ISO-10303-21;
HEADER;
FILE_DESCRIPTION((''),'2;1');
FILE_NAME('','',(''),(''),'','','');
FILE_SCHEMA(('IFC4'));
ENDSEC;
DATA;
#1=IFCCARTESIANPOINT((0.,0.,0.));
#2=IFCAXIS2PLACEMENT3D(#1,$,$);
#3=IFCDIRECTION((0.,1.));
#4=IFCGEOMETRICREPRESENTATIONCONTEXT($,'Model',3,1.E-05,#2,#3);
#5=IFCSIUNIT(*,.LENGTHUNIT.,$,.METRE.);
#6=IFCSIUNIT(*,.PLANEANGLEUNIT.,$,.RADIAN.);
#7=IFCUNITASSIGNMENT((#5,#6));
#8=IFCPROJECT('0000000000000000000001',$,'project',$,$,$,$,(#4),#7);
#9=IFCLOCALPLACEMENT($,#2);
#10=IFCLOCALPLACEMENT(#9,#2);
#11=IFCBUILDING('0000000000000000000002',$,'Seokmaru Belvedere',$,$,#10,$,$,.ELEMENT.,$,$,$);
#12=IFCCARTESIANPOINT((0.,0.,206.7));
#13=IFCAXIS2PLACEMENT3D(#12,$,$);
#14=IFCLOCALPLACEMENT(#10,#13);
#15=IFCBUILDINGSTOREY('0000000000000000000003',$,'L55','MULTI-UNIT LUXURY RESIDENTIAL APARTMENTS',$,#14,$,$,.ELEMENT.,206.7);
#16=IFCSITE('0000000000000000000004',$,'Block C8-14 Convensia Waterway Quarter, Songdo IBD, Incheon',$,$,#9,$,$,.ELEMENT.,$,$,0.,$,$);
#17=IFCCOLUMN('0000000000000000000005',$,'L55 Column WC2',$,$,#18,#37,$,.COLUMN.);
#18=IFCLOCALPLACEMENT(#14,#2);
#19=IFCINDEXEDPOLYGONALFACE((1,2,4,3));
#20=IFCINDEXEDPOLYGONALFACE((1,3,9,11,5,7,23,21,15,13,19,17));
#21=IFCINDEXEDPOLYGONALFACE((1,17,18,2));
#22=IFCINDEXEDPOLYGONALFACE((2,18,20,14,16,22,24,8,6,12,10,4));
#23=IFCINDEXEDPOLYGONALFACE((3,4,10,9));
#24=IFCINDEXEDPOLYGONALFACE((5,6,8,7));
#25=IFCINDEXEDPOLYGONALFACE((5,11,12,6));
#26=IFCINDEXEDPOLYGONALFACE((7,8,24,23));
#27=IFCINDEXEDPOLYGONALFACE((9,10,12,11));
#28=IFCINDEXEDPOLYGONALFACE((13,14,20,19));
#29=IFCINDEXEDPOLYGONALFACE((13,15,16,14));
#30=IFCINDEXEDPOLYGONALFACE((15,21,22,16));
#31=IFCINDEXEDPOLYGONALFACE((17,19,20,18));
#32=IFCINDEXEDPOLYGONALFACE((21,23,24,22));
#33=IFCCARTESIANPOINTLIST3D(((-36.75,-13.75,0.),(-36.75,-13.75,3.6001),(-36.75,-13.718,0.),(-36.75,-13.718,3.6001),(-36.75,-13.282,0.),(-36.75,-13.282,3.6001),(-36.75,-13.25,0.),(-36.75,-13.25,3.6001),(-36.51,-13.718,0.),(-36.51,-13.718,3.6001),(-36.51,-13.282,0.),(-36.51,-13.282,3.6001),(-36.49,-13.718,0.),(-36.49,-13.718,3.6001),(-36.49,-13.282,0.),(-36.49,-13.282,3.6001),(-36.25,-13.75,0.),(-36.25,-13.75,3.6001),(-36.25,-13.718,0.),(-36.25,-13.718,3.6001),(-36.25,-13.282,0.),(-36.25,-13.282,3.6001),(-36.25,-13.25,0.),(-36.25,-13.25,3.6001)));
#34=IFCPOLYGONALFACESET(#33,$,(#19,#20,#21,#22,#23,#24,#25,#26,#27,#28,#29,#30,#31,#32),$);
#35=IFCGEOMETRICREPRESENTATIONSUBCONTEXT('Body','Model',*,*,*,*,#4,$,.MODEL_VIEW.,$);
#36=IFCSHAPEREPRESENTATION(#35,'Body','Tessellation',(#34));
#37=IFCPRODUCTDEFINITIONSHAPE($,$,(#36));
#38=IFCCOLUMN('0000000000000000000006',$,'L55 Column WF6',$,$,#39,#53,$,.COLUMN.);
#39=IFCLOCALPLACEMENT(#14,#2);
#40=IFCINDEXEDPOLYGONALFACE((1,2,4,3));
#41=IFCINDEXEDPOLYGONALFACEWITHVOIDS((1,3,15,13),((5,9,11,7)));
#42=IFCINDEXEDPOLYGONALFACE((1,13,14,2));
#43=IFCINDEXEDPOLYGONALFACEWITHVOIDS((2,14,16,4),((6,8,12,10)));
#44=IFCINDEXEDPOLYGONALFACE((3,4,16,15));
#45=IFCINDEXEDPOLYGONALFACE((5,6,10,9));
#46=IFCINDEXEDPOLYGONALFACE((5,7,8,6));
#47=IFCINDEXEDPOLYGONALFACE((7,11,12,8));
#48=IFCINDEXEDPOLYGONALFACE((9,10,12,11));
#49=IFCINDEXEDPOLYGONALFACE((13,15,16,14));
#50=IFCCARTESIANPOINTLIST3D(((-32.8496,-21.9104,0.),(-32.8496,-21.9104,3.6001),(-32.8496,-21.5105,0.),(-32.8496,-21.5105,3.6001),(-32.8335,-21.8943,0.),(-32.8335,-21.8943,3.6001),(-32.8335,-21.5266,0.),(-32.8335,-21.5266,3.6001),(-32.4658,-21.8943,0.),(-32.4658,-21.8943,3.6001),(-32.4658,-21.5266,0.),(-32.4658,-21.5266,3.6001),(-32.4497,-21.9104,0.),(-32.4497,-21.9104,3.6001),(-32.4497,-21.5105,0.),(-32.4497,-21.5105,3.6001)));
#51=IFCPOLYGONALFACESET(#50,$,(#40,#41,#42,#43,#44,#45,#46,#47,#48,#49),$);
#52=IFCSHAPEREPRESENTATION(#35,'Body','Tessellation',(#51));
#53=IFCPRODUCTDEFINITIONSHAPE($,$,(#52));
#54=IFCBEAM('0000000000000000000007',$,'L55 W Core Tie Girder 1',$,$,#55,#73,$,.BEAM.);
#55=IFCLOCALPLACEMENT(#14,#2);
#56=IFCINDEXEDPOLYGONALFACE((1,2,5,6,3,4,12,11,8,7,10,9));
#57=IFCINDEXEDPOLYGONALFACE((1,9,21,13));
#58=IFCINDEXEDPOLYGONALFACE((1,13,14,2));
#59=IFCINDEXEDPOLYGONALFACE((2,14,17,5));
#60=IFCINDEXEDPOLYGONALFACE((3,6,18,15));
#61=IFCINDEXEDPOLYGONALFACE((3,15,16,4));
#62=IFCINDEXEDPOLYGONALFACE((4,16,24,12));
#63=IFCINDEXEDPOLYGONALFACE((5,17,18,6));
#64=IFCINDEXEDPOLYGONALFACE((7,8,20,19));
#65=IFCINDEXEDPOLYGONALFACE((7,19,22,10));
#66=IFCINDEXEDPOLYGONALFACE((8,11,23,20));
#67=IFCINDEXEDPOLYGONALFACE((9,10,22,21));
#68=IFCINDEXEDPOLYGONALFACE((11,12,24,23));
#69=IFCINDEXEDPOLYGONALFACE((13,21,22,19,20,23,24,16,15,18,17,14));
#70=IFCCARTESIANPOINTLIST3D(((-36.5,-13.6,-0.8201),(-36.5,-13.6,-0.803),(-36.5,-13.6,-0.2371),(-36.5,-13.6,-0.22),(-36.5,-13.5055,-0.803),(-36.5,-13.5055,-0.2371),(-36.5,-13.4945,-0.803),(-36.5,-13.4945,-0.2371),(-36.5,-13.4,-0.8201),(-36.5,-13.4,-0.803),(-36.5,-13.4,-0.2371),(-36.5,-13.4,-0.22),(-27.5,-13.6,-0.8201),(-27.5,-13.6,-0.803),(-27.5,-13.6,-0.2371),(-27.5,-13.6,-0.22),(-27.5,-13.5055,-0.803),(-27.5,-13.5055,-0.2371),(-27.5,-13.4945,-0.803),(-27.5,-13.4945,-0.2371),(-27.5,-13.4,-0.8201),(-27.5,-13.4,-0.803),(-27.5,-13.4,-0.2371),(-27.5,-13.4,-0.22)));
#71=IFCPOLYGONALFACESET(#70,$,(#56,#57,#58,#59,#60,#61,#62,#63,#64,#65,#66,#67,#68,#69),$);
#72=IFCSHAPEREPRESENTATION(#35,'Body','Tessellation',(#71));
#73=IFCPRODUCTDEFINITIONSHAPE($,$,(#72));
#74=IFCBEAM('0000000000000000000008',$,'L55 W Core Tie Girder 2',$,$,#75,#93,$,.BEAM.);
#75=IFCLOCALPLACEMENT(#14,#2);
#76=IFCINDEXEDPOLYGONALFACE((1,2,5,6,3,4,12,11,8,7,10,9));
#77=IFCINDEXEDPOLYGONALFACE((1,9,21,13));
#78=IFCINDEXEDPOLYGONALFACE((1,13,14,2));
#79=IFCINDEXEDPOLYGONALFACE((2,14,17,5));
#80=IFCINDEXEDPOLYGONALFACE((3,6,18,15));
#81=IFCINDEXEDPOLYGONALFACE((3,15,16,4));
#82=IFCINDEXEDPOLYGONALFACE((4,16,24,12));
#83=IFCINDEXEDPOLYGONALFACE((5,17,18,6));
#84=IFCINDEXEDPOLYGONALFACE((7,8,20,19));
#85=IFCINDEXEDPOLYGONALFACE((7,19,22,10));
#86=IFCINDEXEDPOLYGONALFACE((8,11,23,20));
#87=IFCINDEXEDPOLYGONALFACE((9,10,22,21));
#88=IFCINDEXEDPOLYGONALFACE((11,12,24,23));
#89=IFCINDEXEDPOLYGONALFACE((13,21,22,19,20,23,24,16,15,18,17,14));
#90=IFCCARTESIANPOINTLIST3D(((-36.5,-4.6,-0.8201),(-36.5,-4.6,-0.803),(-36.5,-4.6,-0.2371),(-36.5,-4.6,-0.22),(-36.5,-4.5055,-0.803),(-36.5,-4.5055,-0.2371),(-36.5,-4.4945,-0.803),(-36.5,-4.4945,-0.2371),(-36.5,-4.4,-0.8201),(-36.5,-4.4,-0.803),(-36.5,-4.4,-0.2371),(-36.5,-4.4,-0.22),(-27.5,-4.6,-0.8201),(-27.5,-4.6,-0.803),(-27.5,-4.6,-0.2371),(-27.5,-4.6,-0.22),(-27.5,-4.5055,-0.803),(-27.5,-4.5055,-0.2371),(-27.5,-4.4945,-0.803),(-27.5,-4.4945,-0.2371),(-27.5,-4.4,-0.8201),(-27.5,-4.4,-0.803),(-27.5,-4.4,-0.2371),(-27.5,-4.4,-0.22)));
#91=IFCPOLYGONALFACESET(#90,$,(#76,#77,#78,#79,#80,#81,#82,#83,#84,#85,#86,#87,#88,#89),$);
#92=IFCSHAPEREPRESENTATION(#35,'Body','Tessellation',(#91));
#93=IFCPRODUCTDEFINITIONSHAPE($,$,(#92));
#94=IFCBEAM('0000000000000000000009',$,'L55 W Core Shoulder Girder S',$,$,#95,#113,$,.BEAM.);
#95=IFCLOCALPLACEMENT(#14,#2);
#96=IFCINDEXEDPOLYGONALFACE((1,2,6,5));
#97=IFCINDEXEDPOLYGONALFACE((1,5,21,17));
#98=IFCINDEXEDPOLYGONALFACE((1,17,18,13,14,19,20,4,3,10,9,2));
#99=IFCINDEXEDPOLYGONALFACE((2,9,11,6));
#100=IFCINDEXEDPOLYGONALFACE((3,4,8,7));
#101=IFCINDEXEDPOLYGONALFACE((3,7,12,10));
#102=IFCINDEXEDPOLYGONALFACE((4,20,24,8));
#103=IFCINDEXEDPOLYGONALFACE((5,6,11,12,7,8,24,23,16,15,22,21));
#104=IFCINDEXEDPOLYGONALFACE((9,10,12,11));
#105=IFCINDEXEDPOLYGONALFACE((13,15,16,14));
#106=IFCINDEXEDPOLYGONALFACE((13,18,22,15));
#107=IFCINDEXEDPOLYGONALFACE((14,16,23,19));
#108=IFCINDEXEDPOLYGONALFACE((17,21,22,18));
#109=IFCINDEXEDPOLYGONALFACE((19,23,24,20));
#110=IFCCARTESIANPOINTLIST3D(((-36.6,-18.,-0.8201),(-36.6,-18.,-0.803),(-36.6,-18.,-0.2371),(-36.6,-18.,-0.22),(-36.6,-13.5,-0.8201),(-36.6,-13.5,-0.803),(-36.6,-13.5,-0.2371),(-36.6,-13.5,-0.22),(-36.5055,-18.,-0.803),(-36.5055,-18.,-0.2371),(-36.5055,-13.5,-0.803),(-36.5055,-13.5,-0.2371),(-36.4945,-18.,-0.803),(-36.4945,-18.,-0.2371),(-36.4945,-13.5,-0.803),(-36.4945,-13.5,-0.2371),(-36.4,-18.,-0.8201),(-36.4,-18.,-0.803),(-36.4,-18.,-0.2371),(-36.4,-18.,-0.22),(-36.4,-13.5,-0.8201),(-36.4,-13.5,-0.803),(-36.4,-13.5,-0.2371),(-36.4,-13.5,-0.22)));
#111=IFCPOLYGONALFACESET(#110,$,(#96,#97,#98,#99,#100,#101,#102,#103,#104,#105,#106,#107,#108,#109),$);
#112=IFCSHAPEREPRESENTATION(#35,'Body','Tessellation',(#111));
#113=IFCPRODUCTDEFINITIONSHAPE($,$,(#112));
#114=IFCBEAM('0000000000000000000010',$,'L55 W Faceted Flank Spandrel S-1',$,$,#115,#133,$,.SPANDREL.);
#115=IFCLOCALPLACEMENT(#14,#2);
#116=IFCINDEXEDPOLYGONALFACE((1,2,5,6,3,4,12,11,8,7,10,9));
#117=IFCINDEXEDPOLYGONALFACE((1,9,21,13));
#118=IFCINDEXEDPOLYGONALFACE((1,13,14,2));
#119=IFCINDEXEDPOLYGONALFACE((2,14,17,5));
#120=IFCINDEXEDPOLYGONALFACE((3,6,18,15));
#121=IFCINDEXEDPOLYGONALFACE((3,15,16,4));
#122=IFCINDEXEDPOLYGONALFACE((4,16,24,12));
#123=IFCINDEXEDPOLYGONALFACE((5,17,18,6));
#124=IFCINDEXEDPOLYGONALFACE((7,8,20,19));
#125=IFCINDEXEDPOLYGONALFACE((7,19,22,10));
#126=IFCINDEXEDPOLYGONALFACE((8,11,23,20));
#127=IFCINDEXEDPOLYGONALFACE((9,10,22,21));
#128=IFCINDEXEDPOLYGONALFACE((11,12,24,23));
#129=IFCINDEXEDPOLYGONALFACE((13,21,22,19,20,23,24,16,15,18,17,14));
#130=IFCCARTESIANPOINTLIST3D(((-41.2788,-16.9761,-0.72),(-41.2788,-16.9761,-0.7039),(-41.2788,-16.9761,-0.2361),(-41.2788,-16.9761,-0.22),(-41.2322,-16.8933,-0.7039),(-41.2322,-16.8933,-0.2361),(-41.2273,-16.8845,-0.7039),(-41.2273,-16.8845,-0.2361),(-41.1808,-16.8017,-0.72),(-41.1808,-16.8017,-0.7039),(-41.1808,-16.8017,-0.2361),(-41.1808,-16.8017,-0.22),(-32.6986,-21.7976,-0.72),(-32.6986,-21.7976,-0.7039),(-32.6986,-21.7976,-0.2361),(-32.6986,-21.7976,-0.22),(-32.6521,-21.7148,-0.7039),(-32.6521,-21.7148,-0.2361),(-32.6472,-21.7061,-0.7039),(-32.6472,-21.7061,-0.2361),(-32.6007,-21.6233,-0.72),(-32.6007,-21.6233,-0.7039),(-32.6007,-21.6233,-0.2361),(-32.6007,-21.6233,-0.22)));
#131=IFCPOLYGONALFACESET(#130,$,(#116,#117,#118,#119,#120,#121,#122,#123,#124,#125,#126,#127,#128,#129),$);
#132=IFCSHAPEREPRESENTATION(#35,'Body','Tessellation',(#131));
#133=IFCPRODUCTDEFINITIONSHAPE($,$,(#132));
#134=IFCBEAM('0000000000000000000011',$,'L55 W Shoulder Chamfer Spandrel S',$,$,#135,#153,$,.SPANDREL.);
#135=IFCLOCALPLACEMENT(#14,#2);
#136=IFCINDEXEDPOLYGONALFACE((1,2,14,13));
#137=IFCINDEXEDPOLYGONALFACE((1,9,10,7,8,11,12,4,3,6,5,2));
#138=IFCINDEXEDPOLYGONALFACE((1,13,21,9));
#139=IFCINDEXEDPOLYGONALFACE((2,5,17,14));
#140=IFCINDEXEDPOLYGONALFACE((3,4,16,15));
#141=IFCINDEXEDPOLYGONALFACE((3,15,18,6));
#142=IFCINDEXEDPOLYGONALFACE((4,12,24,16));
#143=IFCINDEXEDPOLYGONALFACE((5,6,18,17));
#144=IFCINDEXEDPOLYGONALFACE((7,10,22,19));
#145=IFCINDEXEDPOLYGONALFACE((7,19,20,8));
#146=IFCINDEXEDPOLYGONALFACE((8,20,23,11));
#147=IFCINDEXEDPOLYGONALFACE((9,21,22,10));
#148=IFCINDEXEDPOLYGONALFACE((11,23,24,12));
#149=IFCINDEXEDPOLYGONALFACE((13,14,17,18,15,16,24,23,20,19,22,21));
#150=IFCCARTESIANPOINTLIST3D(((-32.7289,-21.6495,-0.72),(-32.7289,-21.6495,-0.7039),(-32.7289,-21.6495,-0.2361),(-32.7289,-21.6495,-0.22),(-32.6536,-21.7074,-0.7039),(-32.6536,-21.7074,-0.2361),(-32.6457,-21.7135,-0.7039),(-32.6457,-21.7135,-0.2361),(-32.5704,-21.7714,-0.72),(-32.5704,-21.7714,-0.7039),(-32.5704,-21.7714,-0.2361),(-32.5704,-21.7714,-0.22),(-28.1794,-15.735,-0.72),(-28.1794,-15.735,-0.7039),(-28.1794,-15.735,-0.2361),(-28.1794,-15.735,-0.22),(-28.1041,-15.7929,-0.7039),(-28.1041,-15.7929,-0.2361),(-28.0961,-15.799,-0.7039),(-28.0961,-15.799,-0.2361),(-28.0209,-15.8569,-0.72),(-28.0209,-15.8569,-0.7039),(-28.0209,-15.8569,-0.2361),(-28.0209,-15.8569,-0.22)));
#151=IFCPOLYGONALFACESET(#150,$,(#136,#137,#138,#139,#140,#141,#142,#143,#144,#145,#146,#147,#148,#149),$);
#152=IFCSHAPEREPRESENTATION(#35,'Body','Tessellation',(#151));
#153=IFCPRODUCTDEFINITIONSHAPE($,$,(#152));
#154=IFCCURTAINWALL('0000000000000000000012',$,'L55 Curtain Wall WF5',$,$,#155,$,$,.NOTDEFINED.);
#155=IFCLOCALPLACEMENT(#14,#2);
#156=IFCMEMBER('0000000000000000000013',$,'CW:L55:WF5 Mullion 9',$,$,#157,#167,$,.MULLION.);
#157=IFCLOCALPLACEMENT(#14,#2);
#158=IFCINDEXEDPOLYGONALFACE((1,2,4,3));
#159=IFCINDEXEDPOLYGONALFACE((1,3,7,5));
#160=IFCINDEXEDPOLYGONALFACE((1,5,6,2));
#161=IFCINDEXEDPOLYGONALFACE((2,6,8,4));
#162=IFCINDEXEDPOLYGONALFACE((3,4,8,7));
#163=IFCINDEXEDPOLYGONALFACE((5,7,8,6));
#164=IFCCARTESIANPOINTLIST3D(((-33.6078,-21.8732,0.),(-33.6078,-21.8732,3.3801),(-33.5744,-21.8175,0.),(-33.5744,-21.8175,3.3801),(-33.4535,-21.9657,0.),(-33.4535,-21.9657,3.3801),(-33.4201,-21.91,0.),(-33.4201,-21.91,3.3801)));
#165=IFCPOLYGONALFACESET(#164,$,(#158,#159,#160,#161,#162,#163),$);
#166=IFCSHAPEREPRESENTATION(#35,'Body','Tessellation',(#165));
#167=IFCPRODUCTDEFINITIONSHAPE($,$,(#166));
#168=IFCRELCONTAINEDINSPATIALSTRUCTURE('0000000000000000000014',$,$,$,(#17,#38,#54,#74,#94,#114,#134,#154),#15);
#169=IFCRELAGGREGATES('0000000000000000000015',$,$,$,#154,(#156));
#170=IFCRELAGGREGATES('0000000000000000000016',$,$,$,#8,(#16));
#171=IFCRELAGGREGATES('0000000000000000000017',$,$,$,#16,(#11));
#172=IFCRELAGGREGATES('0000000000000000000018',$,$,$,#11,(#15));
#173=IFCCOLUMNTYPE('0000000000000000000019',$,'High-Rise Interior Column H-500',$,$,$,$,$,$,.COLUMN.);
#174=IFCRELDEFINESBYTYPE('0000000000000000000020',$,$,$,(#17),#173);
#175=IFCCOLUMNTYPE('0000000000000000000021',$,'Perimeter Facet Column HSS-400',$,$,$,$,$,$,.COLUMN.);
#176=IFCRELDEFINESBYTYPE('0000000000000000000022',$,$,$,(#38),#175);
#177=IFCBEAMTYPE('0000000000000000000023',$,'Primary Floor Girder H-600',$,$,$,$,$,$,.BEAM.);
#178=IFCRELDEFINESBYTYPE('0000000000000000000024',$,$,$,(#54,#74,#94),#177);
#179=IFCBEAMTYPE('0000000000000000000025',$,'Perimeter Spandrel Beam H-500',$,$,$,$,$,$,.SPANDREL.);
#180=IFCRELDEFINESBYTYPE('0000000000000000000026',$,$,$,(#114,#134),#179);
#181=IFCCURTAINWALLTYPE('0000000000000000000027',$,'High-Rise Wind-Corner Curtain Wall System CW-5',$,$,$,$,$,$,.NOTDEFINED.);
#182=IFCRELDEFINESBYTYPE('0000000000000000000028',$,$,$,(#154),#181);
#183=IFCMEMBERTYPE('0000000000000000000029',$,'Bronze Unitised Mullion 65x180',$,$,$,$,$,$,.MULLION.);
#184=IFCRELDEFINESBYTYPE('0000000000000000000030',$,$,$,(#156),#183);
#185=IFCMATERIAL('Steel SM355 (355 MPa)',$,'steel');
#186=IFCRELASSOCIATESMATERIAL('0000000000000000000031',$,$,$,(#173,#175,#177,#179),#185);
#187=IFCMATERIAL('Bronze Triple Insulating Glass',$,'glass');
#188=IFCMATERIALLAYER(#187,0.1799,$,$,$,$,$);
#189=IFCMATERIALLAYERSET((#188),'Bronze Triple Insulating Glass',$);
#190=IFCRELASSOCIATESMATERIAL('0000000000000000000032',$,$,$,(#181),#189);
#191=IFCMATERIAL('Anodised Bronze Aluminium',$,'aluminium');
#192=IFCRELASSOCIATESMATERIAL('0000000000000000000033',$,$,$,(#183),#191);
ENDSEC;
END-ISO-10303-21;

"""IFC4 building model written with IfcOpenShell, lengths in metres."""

from ifc_helpers import new_model, si_unit, direction, frame, origin, origin_2d, place, context, subcontext, project, spatial, rectangle, hollow_rectangle, i_section, extrude, source, transform, mapped, material, layer, layer_set, material_profile, profile_set, type_object, type_shapes, element, aggregate, save


model = new_model("IFC4")

# Units and contexts
model_context = context("Model", 3, precision=1e-05, world=origin(), true_north=direction((0.0, 1.0)))
body_context = subcontext(model_context, "Body", "Model", "MODEL_VIEW")
ifc_project = project(units=[si_unit("LENGTHUNIT", "METRE"), si_unit("PLANEANGLEUNIT", "RADIAN")], contexts=[model_context])

# Site, building, storey
site_placement = place(None, origin())
site = spatial("IfcSite", under=ifc_project, at=site_placement, Name="Block C8-14 Convensia Waterway Quarter, Songdo IBD, Incheon", CompositionType="ELEMENT", RefElevation=0.0)
building_placement = place(site_placement, origin())
building = spatial("IfcBuilding", under=site, at=building_placement, Name="Seokmaru Belvedere", CompositionType="ELEMENT")
storey_placement = place(building_placement, frame((0.0, 0.0, 206.7)))
storey = spatial("IfcBuildingStorey", under=building, at=storey_placement, Name="L55", Description="MULTI-UNIT LUXURY RESIDENTIAL APARTMENTS", CompositionType="ELEMENT", Elevation=206.7)

# Columns
ifc_material_1 = material(Name="Steel SM355 (355 MPa)", Category="steel")
ifc_material_profile_1 = material_profile(ifc_material_1, i_section(OverallWidth=0.5, OverallDepth=0.5, WebThickness=0.02, FlangeThickness=0.032, at=origin_2d()), Name="H-500x500x20x32")
ifc_profile_set_1 = profile_set([ifc_material_profile_1], Name="Steel SM355 (355 MPa)")
column_type_1 = type_object("IfcColumnType", Name="High-Rise Interior Column H-500", PredefinedType="COLUMN", material=ifc_profile_set_1)
shared_shape_1 = source(origin(), body_context, "Body", "SweptSolid", [
    extrude(i_section(OverallWidth=0.5, OverallDepth=0.5, WebThickness=0.02, FlangeThickness=0.032, at=origin_2d()), origin(), (0.0, 0.0, 1.0), 3.6001),
])
type_shapes(column_type_1, [shared_shape_1])
column_1_placement = place(storey_placement, frame((-36.5, -13.5, 0.0), z_axis=(0.0, 0.0, 1.0), x_axis=(1.0, 0.0, 0.0)))
element("IfcColumn", 1, at=column_1_placement, inside=storey, type_object=column_type_1, Name="L55 Column WC2", PredefinedType="COLUMN", context=body_context, shape_type="MappedRepresentation", body=[
    mapped(shared_shape_1, transform((0.0, 0.0, 0.0), scale=1.0)),
])
ifc_material_profile_2 = material_profile(ifc_material_1, hollow_rectangle(XDim=0.3999, YDim=0.3999, WallThickness=0.0161, at=origin_2d()), Name="HSS-400x400x16")
ifc_profile_set_2 = profile_set([ifc_material_profile_2], Name="Steel SM355 (355 MPa)")
column_type_2 = type_object("IfcColumnType", Name="Perimeter Facet Column HSS-400", PredefinedType="COLUMN", material=ifc_profile_set_2)
shared_shape_2 = source(origin(), body_context, "Body", "SweptSolid", [
    extrude(hollow_rectangle(XDim=0.3999, YDim=0.3999, WallThickness=0.0161, at=origin_2d()), origin(), (0.0, 0.0, 1.0), 3.6001),
])
type_shapes(column_type_2, [shared_shape_2])
column_2_placement = place(storey_placement, frame((-32.6497, -21.7104, 0.0), z_axis=(0.0, 0.0, 1.0), x_axis=(1.0, 0.0, 0.0)))
element("IfcColumn", 2, at=column_2_placement, inside=storey, type_object=column_type_2, Name="L55 Column WF6", PredefinedType="COLUMN", context=body_context, shape_type="MappedRepresentation", body=[
    mapped(shared_shape_2, transform((0.0, 0.0, 0.0), scale=1.0)),
])

# Beams
ifc_material_profile_3 = material_profile(ifc_material_1, i_section(OverallWidth=0.2, OverallDepth=0.6001, WebThickness=0.011, FlangeThickness=0.0171, at=origin_2d()), Name="H-600x200x11x17")
ifc_profile_set_3 = profile_set([ifc_material_profile_3], Name="Steel SM355 (355 MPa)")
beam_type_1 = type_object("IfcBeamType", Name="Primary Floor Girder H-600", PredefinedType="BEAM", material=ifc_profile_set_3)
shared_shape_3 = source(origin(), body_context, "Body", "SweptSolid", [
    extrude(i_section(OverallWidth=0.2, OverallDepth=0.6001, WebThickness=0.011, FlangeThickness=0.0171, at=origin_2d()), origin(), (0.0, 0.0, 1.0), 9.0),
])
for number, where, z_axis, x_axis, name in (
    (3, (-36.5, -13.5, -0.52), (1.0, 0.0, 0.0), (0.0, 1.0, 0.0), "L55 W Core Tie Girder 1"),
    (4, (-36.5, -4.5, -0.52), (1.0, 0.0, 0.0), (0.0, 1.0, 0.0), "L55 W Core Tie Girder 2"),
):
    element("IfcBeam", number, at=place(storey_placement, frame(where, z_axis=z_axis, x_axis=x_axis)), inside=storey, type_object=beam_type_1, Name=name, PredefinedType="BEAM", context=body_context, shape_type="MappedRepresentation", body=[
        mapped(shared_shape_3, transform((0.0, 0.0, 0.0), scale=1.0)),
    ])
shared_shape_4 = source(origin(), body_context, "Body", "SweptSolid", [
    extrude(i_section(OverallWidth=0.2, OverallDepth=0.6001, WebThickness=0.011, FlangeThickness=0.0171, at=origin_2d()), origin(), (0.0, 0.0, 1.0), 4.5),
])
type_shapes(beam_type_1, [shared_shape_3, shared_shape_4])
beam_1_placement = place(storey_placement, frame((-36.5, -18.0, -0.52), z_axis=(0.0, 1.0, 0.0), x_axis=(-1.0, 0.0, 0.0)))
element("IfcBeam", 5, at=beam_1_placement, inside=storey, type_object=beam_type_1, Name="L55 W Core Shoulder Girder S", PredefinedType="BEAM", context=body_context, shape_type="MappedRepresentation", body=[
    mapped(shared_shape_4, transform((0.0, 0.0, 0.0), scale=1.0)),
])
ifc_material_profile_4 = material_profile(ifc_material_1, i_section(OverallWidth=0.2, OverallDepth=0.5, WebThickness=0.01, FlangeThickness=0.0161, at=origin_2d()), Name="H-500x200x10x16")
ifc_profile_set_4 = profile_set([ifc_material_profile_4], Name="Steel SM355 (355 MPa)")
beam_type_2 = type_object("IfcBeamType", Name="Perimeter Spandrel Beam H-500", PredefinedType="SPANDREL", material=ifc_profile_set_4)
shared_shape_5 = source(origin(), body_context, "Body", "SweptSolid", [
    extrude(i_section(OverallWidth=0.2, OverallDepth=0.5, WebThickness=0.01, FlangeThickness=0.0161, at=origin_2d()), origin(), (0.0, 0.0, 1.0), 9.842),
])
beam_2_placement = place(storey_placement, frame((-32.6497, -21.7104, -0.47), z_axis=(-0.871782, 0.489894, 0.0), x_axis=(-0.489894, -0.871782, 0.0)))
element("IfcBeam", 6, at=beam_2_placement, inside=storey, type_object=beam_type_2, Name="L55 W Faceted Flank Spandrel S-1", PredefinedType="SPANDREL", context=body_context, shape_type="MappedRepresentation", body=[
    mapped(shared_shape_5, transform((0.0, 0.0, 0.0), scale=1.0)),
])
shared_shape_6 = source(origin(), body_context, "Body", "SweptSolid", [
    extrude(i_section(OverallWidth=0.2, OverallDepth=0.5, WebThickness=0.01, FlangeThickness=0.0161, at=origin_2d()), origin(), (0.0, 0.0, 1.0), 7.4619),
])
type_shapes(beam_type_2, [shared_shape_5, shared_shape_6])
beam_3_placement = place(storey_placement, frame((-32.6497, -21.7104, -0.47), z_axis=(0.609703, 0.79263, 0.0), x_axis=(-0.79263, 0.609703, 0.0)))
element("IfcBeam", 7, at=beam_3_placement, inside=storey, type_object=beam_type_2, Name="L55 W Shoulder Chamfer Spandrel S", PredefinedType="SPANDREL", context=body_context, shape_type="MappedRepresentation", body=[
    mapped(shared_shape_6, transform((0.0, 0.0, 0.0), scale=1.0)),
])

# Curtain wall, member
ifc_material_2 = material(Name="Bronze Triple Insulating Glass", Category="glass")
ifc_layer_1 = layer(ifc_material_2, 0.1799)
ifc_layer_set_1 = layer_set([ifc_layer_1], Name="Bronze Triple Insulating Glass")
curtain_wall_type = type_object("IfcCurtainWallType", Name="High-Rise Wind-Corner Curtain Wall System CW-5", PredefinedType="NOTDEFINED", material=ifc_layer_set_1)
curtain_wall_placement = place(storey_placement, origin())
curtain_wall = element("IfcCurtainWall", 8, at=curtain_wall_placement, inside=storey, type_object=curtain_wall_type, Name="L55 Curtain Wall WF5", PredefinedType="NOTDEFINED")
ifc_material_3 = material(Name="Anodised Bronze Aluminium", Category="aluminium")
ifc_material_profile_5 = material_profile(ifc_material_3, rectangle(XDim=0.0649, YDim=0.1799, at=origin_2d()), Name="CW-M-65x180")
ifc_profile_set_5 = profile_set([ifc_material_profile_5], Name="Anodised Bronze Aluminium")
member_type = type_object("IfcMemberType", Name="Bronze Unitised Mullion 65x180", PredefinedType="MULLION", material=ifc_profile_set_5)
shared_shape_7 = source(origin(), body_context, "Body", "SweptSolid", [
    extrude(rectangle(XDim=0.0649, YDim=0.1799, at=origin_2d()), origin(), (0.0, 0.0, 1.0), 3.3801),
])
type_shapes(member_type, [shared_shape_7])
member_placement = place(storey_placement, frame((-33.5139, -21.8916, 0.0), z_axis=(0.0, 0.0, 1.0), x_axis=(0.514495, 0.857493, 0.0)))
member = element("IfcMember", 9, at=member_placement, type_object=member_type, Name="CW:L55:WF5 Mullion 9", PredefinedType="MULLION", context=body_context, shape_type="MappedRepresentation", body=[
    mapped(shared_shape_7, transform((0.0, 0.0, 0.0), scale=1.0)),
])
aggregate(curtain_wall, [member])

save(model, "model.ifc")
